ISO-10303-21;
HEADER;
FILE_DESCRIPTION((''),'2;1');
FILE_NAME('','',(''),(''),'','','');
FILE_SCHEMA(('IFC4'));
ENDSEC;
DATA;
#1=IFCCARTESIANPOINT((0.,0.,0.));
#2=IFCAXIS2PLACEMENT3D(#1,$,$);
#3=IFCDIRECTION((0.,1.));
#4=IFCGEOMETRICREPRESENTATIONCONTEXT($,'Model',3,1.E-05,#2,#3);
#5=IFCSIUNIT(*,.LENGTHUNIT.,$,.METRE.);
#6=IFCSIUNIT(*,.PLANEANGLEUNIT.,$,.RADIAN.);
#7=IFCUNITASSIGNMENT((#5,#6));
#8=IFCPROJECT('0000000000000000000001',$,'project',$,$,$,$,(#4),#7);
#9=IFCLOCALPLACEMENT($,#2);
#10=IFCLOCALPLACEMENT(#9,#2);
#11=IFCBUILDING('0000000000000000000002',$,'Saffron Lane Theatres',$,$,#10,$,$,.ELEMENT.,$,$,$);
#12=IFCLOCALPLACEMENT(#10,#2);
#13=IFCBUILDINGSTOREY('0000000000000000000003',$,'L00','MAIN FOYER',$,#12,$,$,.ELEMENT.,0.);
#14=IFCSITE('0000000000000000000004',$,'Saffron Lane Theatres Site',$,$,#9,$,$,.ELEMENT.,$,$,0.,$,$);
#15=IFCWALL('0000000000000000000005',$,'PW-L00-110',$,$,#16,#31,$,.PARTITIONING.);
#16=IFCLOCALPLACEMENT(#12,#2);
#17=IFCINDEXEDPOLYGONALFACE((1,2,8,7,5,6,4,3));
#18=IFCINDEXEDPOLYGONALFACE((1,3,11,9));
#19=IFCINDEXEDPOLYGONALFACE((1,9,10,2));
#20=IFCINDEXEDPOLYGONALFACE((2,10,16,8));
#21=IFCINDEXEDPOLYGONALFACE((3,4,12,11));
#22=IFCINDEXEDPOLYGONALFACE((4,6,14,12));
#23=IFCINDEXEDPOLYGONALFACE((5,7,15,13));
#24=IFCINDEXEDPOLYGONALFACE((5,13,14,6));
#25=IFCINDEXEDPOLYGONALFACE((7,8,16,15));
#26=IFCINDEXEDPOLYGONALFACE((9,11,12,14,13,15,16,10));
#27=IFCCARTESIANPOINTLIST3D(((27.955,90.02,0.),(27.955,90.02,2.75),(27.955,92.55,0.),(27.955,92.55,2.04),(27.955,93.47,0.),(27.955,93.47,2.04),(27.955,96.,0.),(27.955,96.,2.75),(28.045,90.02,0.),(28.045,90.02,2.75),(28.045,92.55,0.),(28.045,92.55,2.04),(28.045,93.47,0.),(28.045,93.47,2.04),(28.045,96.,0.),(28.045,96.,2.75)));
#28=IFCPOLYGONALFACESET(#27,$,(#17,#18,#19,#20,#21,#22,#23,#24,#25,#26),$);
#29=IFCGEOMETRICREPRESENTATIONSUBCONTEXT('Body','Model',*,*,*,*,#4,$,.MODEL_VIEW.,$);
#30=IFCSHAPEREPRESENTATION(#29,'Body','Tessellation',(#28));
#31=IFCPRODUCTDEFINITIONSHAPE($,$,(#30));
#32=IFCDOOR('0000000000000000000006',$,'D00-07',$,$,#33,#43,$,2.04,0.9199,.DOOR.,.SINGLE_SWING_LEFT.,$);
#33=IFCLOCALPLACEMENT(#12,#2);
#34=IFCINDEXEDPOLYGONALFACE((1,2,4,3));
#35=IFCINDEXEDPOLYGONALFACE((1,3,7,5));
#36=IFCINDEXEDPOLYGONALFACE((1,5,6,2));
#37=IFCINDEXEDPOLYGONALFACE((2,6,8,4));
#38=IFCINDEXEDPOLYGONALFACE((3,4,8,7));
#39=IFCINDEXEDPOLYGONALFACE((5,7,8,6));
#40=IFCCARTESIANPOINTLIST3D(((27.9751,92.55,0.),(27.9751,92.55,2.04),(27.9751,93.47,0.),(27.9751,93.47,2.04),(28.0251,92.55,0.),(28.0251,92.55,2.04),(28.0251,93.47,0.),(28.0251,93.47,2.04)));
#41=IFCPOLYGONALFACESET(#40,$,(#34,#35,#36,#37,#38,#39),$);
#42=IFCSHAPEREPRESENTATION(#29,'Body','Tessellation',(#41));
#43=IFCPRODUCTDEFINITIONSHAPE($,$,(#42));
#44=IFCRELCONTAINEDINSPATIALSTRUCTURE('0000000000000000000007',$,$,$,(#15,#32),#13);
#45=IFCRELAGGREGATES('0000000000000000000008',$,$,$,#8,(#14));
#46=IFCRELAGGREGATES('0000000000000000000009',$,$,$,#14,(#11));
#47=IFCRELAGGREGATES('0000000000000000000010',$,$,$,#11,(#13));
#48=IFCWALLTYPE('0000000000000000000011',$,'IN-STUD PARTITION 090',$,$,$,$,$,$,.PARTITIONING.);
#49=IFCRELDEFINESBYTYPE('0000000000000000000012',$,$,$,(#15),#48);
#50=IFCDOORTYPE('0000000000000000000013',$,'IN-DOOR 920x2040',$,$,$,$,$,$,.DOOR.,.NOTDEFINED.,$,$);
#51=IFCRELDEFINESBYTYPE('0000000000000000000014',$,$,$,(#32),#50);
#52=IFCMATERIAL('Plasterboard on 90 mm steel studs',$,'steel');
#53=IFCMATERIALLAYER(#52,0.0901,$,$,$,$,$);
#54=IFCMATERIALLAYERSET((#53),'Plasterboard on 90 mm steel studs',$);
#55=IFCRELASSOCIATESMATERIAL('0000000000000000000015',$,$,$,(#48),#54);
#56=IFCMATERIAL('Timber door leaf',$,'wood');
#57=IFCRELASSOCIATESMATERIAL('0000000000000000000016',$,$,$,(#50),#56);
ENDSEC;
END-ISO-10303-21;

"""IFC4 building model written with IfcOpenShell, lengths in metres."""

from ifc_helpers import new_model, si_unit, direction, frame, frame_2d, origin, place, context, subcontext, project, spatial, rectangle, extrude, material, layer, layer_set, type_object, element, fill, save


model = new_model("IFC4")

# Units and contexts
model_context = context("Model", 3, precision=1e-05, world=origin(), true_north=direction((0.0, 1.0)))
body_context = subcontext(model_context, "Body", "Model", "MODEL_VIEW")
ifc_project = project(units=[si_unit("LENGTHUNIT", "METRE"), si_unit("PLANEANGLEUNIT", "RADIAN")], contexts=[model_context])

# Site, building, storey
site_placement = place(None, origin())
site = spatial("IfcSite", under=ifc_project, at=site_placement, Name="Saffron Lane Theatres Site", CompositionType="ELEMENT", RefElevation=0.0)
building_placement = place(site_placement, origin())
building = spatial("IfcBuilding", under=site, at=building_placement, Name="Saffron Lane Theatres", CompositionType="ELEMENT")
storey_placement = place(building_placement, origin())
storey = spatial("IfcBuildingStorey", under=building, at=storey_placement, Name="L00", Description="MAIN FOYER", CompositionType="ELEMENT", Elevation=0.0)

# Shared definitions
ifc_material_1 = material(Name="Plasterboard on 90 mm steel studs", Category="steel")
ifc_layer_1 = layer(ifc_material_1, 0.0901)
ifc_layer_set_1 = layer_set([ifc_layer_1], Name="Plasterboard on 90 mm steel studs")
wall_type_1 = type_object("IfcWallType", Name="IN-STUD PARTITION 090", PredefinedType="PARTITIONING", material=ifc_layer_set_1)

# Wall, opening, door
wall_1_placement = place(storey_placement, frame((28.0, 90.02, 0.0), z_axis=(0.0, 0.0, 1.0), x_axis=(0.0, 1.0, 0.0)))
wall_1 = element("IfcWall", 1, at=wall_1_placement, inside=storey, type_object=wall_type_1, Name="PW-L00-110", PredefinedType="PARTITIONING", context=body_context, shape_type="SweptSolid", body=[
    extrude(rectangle(XDim=5.98, YDim=0.0901, at=frame_2d((2.99, 0.0))), origin(), (0.0, 0.0, 1.0), 2.75),
])
opening_1_placement = place(wall_1_placement, frame((2.53, 0.0, 0.0)))
opening_1 = element("IfcOpeningElement", 2, at=opening_1_placement, cuts=wall_1, PredefinedType="OPENING", context=body_context, shape_type="SweptSolid", body=[
    extrude(rectangle(XDim=0.9199, YDim=2.04, at=frame_2d((0.46, 1.02))), frame((0.0, 0.0552, 0.0), z_axis=(0.0, -1.0, 0.0), x_axis=(1.0, 0.0, 0.0)), (0.0, 0.0, 1.0), 0.1101),
])
ifc_material_2 = material(Name="Timber door leaf", Category="wood")
door_type_1 = type_object("IfcDoorType", Name="IN-DOOR 920x2040", OperationType="NOTDEFINED", PredefinedType="DOOR", material=ifc_material_2)
door_1_placement = place(opening_1_placement, origin())
door_1 = element("IfcDoor", 3, at=door_1_placement, inside=storey, type_object=door_type_1, Name="D00-07", OperationType="SINGLE_SWING_LEFT", OverallHeight=2.04, OverallWidth=0.9199, PredefinedType="DOOR", context=body_context, shape_type="SweptSolid", body=[
    extrude(rectangle(XDim=0.9199, YDim=2.04, at=frame_2d((0.46, 1.02))), frame((0.0, 0.0249, 0.0), z_axis=(0.0, -1.0, 0.0), x_axis=(1.0, 0.0, 0.0)), (0.0, 0.0, 1.0), 0.05),
])
fill(opening_1, door_1)

save(model, "model.ifc")
